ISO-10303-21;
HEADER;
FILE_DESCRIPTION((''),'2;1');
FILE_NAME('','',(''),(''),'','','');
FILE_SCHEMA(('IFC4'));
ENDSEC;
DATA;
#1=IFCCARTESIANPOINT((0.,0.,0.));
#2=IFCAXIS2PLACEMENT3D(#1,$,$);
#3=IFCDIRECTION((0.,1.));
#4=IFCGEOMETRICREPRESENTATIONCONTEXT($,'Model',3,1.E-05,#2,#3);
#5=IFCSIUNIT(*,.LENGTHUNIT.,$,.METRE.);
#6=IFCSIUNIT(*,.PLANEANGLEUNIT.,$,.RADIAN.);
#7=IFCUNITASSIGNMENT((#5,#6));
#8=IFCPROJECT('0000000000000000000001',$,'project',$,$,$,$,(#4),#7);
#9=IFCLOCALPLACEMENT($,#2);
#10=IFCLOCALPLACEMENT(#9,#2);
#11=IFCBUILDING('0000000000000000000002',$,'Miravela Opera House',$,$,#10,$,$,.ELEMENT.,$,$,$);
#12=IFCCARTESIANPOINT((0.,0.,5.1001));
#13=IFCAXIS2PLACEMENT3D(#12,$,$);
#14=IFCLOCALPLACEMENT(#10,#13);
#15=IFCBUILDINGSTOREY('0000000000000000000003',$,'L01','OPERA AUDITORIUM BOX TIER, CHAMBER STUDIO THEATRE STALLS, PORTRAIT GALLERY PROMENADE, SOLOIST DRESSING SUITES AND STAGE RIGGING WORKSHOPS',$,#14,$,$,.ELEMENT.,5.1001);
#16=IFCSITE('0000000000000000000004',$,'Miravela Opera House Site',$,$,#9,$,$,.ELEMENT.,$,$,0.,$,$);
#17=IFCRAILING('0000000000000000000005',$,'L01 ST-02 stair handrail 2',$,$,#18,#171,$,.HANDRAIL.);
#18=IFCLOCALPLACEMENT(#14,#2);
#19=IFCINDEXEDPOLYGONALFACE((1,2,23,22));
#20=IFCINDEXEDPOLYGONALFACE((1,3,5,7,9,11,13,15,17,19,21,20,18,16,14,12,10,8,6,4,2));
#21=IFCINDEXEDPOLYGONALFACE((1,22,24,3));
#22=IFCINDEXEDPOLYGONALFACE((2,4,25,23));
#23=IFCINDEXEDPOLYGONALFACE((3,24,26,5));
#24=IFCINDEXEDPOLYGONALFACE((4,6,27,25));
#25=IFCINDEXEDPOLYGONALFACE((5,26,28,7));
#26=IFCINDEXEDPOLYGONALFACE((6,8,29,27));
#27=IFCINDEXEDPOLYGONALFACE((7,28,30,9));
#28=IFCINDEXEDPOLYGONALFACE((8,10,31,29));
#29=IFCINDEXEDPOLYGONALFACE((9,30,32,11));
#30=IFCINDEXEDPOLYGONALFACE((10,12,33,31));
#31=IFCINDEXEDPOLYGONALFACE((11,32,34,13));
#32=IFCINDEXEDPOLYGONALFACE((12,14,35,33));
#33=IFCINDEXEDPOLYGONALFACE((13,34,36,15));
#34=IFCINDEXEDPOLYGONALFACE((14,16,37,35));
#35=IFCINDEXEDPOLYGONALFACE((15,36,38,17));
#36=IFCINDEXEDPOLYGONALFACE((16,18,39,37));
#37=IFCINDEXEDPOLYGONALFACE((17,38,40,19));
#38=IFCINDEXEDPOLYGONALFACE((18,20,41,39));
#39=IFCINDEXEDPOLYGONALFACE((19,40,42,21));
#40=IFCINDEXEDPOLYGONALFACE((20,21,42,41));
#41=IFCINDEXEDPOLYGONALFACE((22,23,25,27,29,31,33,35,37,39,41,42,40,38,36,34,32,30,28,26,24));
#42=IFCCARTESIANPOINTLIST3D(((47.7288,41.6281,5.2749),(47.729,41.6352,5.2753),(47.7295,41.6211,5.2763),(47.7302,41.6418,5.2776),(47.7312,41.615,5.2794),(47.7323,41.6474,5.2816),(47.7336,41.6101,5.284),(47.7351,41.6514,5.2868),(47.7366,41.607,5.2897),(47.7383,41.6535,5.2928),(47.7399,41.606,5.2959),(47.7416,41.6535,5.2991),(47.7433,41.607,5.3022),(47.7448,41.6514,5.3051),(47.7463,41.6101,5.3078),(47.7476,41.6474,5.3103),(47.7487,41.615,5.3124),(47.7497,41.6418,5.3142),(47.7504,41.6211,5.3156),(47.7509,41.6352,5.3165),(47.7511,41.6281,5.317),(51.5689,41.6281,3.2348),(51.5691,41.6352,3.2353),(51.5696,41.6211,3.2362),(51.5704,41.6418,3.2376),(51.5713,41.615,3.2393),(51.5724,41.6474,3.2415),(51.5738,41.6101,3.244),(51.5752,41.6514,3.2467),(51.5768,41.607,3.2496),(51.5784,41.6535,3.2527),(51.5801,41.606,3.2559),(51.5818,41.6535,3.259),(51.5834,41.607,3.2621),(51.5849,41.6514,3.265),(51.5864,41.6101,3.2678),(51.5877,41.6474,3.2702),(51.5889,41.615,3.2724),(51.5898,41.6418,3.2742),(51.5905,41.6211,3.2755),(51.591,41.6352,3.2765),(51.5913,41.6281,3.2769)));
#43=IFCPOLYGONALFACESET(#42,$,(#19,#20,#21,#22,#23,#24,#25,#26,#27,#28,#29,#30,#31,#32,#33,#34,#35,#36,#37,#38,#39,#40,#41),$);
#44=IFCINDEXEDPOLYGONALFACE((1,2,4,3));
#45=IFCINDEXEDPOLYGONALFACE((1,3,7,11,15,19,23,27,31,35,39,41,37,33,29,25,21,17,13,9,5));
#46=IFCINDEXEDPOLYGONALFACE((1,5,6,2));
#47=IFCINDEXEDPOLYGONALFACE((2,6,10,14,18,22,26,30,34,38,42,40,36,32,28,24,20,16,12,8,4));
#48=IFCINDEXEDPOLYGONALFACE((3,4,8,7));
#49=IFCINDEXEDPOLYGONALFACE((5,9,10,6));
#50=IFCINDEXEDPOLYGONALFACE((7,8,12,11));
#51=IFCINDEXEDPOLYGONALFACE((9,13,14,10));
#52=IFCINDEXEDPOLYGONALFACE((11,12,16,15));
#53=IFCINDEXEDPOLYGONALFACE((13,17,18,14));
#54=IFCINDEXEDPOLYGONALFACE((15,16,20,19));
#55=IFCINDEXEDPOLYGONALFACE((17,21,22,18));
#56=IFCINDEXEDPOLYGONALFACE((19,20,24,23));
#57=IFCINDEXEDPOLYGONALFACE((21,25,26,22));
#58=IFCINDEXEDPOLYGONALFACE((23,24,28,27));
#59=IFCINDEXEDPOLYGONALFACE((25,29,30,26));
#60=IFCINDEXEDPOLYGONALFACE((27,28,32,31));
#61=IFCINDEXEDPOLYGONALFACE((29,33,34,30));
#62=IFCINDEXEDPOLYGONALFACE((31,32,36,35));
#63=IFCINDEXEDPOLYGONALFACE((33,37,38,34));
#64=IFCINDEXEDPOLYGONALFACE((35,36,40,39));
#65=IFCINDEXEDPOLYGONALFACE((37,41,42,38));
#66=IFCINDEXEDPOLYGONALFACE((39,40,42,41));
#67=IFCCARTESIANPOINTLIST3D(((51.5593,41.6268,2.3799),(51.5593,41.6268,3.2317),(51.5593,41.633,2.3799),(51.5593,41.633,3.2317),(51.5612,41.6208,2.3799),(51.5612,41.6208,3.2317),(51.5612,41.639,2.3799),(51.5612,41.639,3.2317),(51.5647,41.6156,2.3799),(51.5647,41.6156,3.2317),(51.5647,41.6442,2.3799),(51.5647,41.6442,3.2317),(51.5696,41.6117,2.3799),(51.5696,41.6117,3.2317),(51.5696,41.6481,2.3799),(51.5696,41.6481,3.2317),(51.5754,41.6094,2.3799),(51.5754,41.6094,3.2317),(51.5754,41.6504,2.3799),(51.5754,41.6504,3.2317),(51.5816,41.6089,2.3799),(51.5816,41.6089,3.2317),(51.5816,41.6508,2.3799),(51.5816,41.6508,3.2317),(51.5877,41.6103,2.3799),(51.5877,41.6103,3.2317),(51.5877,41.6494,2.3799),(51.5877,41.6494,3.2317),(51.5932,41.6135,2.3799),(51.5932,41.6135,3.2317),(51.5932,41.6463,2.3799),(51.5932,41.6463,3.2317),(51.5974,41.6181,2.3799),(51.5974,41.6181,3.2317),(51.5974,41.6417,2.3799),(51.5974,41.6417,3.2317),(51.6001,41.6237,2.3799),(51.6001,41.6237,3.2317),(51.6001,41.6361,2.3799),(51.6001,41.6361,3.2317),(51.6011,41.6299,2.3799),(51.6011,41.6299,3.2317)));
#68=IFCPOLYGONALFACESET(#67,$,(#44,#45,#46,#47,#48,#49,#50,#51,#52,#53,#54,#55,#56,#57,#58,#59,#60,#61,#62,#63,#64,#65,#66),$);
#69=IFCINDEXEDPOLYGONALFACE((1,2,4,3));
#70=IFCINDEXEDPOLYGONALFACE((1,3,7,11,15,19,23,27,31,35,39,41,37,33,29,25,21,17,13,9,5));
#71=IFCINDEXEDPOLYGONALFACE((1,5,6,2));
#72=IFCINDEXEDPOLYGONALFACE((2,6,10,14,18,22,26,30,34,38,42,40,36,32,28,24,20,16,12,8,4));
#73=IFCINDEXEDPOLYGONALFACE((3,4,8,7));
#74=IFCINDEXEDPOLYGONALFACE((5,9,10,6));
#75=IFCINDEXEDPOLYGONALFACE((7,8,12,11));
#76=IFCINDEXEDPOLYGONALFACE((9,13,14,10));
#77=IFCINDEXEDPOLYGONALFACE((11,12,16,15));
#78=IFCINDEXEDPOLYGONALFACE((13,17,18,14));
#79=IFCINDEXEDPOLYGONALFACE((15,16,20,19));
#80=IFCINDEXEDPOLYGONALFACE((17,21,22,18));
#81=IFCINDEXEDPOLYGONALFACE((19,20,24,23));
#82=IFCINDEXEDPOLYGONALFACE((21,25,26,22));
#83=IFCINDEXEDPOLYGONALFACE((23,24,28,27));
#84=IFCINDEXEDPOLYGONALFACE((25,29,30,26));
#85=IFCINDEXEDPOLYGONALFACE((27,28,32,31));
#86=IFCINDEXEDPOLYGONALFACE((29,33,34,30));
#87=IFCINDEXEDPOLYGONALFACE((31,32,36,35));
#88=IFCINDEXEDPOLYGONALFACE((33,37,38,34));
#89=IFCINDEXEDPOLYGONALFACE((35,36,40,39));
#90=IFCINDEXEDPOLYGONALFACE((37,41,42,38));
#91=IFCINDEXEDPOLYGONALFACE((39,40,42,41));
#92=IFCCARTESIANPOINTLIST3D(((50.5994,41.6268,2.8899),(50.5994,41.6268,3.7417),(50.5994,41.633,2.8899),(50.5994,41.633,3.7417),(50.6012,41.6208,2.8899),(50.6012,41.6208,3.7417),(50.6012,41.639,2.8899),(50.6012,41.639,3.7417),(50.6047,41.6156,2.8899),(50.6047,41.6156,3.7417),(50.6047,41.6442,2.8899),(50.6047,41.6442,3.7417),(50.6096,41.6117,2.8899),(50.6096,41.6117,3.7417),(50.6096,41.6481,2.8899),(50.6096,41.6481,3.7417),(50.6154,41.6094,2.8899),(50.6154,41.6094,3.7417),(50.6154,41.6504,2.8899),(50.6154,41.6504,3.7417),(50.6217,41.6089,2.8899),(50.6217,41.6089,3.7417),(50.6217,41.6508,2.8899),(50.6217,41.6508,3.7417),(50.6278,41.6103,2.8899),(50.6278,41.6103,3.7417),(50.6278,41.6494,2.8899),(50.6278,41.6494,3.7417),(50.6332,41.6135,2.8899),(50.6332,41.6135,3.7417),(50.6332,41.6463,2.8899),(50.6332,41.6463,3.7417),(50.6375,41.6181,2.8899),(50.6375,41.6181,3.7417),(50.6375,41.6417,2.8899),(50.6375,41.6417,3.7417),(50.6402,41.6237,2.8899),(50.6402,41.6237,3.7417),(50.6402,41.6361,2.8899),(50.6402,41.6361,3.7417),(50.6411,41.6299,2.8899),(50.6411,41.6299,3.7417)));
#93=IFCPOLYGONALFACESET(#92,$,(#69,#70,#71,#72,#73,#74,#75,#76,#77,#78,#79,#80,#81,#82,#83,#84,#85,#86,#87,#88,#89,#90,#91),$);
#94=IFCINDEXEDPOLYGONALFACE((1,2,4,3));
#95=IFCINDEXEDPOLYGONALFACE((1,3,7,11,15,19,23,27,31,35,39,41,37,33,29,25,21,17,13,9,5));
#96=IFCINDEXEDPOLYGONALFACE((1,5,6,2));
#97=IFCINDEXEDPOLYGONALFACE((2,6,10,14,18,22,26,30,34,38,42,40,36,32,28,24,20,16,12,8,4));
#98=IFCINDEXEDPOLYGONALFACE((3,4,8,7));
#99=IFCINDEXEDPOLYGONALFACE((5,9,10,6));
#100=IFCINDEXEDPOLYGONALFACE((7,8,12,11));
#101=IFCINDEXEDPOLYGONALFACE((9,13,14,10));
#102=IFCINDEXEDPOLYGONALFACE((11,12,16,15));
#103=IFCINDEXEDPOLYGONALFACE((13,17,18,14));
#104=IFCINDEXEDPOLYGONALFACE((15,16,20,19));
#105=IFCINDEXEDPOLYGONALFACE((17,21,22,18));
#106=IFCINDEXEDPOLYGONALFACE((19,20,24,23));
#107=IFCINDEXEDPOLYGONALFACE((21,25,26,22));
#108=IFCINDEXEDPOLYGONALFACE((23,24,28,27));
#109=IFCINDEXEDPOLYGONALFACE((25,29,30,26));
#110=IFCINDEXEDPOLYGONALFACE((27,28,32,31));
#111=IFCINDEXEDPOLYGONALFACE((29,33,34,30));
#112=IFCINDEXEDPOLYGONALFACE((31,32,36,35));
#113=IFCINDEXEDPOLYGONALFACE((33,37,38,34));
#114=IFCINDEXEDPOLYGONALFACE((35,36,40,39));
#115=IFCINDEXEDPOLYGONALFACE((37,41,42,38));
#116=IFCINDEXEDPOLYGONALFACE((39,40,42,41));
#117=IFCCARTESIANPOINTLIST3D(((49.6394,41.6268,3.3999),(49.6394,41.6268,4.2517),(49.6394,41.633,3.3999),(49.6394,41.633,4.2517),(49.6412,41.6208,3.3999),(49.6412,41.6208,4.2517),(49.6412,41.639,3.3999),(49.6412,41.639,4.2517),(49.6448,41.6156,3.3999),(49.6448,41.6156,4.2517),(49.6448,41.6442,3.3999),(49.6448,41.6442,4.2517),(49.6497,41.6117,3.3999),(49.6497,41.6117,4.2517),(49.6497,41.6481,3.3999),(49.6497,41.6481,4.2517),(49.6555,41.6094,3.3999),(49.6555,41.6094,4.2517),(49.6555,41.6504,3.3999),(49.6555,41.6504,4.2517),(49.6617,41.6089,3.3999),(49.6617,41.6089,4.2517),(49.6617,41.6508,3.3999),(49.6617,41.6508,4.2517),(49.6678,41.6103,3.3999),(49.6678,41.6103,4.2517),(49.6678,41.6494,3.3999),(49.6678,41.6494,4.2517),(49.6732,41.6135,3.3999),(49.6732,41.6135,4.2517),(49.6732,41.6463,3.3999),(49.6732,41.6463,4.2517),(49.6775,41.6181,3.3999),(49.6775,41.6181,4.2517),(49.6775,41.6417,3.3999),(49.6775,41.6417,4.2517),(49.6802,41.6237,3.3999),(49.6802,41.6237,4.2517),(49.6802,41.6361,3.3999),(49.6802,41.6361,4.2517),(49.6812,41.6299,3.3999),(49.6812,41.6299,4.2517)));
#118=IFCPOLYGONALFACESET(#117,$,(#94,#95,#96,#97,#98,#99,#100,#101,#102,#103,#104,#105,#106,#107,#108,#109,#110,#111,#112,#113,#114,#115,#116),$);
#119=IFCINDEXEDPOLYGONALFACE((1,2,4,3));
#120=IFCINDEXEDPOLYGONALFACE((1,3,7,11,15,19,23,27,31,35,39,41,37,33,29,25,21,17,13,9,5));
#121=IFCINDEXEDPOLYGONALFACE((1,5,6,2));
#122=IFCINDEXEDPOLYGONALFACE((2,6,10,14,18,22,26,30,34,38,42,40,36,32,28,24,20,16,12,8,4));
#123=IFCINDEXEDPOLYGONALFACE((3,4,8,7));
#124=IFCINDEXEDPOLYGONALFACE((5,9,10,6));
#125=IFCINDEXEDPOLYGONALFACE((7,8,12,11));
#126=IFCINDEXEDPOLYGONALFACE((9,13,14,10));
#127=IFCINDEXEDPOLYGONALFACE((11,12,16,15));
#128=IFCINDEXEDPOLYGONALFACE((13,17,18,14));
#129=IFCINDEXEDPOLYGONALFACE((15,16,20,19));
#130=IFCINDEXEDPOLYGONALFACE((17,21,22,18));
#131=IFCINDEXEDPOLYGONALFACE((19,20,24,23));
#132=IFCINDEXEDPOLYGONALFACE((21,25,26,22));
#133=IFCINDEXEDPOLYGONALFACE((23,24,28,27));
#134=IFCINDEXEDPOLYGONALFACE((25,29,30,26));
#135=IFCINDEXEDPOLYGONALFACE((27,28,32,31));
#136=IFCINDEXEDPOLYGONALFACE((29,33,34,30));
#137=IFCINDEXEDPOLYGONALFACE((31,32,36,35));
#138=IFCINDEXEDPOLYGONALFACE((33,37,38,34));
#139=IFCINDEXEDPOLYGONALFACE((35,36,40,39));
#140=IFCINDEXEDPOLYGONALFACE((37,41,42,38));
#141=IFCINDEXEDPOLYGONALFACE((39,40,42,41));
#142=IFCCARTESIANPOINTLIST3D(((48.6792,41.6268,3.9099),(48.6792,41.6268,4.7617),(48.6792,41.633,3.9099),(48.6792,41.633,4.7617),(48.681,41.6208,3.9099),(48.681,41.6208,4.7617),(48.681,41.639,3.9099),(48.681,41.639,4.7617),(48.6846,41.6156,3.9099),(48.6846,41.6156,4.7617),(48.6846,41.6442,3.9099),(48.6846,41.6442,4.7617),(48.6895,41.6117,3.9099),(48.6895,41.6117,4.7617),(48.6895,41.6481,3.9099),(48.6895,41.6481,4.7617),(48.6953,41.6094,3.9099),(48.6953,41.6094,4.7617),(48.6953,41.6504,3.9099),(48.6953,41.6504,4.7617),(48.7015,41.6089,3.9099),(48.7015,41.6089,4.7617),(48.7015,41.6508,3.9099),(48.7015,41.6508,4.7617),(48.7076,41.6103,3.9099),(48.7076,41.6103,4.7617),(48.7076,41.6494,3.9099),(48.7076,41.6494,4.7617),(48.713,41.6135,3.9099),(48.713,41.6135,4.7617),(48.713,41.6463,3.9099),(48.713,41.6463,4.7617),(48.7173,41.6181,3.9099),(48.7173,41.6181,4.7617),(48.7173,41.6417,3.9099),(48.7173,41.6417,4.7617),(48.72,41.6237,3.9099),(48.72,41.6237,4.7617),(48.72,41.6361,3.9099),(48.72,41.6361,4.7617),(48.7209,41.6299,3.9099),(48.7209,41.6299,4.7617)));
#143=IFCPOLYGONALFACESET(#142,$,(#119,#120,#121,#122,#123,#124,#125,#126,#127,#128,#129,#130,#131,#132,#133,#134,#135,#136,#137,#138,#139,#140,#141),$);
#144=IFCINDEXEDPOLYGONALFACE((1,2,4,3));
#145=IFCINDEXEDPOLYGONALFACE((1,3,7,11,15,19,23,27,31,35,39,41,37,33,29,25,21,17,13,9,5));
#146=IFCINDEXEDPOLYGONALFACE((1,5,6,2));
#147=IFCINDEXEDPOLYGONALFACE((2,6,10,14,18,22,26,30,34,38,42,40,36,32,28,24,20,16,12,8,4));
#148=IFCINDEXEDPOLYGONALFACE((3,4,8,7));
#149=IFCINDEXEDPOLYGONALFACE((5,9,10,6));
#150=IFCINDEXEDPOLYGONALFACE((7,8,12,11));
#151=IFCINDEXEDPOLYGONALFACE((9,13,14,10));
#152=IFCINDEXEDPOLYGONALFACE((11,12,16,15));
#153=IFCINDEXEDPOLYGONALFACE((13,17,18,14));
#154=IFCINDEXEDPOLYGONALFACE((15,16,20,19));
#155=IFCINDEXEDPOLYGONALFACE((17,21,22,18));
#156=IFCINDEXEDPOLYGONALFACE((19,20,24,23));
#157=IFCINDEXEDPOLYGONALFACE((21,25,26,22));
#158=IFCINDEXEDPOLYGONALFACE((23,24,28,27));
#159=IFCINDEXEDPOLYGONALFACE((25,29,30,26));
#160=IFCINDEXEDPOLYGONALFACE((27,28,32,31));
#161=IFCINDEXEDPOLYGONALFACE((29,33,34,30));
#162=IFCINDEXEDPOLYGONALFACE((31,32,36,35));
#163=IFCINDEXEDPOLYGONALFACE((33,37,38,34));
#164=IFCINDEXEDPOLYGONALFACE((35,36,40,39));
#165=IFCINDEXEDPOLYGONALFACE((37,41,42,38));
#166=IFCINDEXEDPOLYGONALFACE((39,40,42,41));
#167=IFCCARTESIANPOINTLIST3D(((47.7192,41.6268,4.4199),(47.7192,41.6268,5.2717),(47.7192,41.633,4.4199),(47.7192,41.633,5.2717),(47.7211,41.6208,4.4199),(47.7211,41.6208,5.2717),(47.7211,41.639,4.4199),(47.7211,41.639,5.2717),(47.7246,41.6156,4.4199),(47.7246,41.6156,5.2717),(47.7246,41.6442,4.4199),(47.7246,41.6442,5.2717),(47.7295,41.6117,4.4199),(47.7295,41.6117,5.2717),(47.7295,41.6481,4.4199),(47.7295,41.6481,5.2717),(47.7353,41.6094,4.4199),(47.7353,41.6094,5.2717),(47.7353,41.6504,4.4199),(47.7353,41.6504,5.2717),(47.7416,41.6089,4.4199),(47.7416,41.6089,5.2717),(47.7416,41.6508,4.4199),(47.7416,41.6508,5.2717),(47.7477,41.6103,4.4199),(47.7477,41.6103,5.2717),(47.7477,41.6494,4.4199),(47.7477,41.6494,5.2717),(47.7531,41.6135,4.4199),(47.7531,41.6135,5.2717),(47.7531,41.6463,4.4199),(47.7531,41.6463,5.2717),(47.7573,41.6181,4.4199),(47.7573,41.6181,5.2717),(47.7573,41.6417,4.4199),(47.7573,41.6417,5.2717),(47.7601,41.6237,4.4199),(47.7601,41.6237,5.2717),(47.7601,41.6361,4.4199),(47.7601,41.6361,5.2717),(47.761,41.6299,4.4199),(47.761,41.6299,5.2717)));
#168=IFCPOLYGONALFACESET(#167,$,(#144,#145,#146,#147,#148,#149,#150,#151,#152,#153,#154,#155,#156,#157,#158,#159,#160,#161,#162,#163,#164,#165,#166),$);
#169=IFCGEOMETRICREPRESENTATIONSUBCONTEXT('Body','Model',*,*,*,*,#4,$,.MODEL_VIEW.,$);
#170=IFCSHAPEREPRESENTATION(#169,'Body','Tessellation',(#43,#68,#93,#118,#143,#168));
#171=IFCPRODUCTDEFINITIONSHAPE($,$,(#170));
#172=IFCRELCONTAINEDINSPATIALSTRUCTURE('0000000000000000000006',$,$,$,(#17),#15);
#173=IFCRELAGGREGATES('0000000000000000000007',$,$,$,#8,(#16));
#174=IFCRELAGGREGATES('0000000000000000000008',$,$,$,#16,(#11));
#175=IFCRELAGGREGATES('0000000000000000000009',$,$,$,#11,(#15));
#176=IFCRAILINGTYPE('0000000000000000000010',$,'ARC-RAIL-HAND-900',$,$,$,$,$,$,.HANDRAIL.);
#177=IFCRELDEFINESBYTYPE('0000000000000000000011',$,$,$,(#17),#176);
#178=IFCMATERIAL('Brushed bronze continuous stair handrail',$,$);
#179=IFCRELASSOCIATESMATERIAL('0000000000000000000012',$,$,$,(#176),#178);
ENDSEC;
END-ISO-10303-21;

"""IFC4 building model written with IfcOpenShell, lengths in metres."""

from ifc_helpers import new_model, si_unit, direction, frame, origin, origin_2d, place, context, subcontext, project, spatial, circle, extrude, material, type_object, element, save


model = new_model("IFC4")

# Units and contexts
model_context = context("Model", 3, precision=1e-05, world=origin(), true_north=direction((0.0, 1.0)))
body_context = subcontext(model_context, "Body", "Model", "MODEL_VIEW")
ifc_project = project(units=[si_unit("LENGTHUNIT", "METRE"), si_unit("PLANEANGLEUNIT", "RADIAN")], contexts=[model_context])

# Site, building, storey
site_placement = place(None, origin())
site = spatial("IfcSite", under=ifc_project, at=site_placement, Name="Miravela Opera House Site", CompositionType="ELEMENT", RefElevation=0.0)
building_placement = place(site_placement, origin())
building = spatial("IfcBuilding", under=site, at=building_placement, Name="Miravela Opera House", CompositionType="ELEMENT")
storey_placement = place(building_placement, frame((0.0, 0.0, 5.1001)))
storey = spatial("IfcBuildingStorey", under=building, at=storey_placement, Name="L01", Description="OPERA AUDITORIUM BOX TIER, CHAMBER STUDIO THEATRE STALLS, PORTRAIT GALLERY PROMENADE, SOLOIST DRESSING SUITES AND STAGE RIGGING WORKSHOPS", CompositionType="ELEMENT", Elevation=5.1001)

# Railing
ifc_material_1 = material(Name="Brushed bronze continuous stair handrail")
railing_type_1 = type_object("IfcRailingType", Name="ARC-RAIL-HAND-900", PredefinedType="HANDRAIL", material=ifc_material_1)
railing_1_placement = place(storey_placement, frame((51.5801, 41.6299, 2.3799)))
element("IfcRailing", 1, at=railing_1_placement, inside=storey, type_object=railing_type_1, Name="L01 ST-02 stair handrail 2", PredefinedType="HANDRAIL", context=body_context, shape_type="SweptSolid", body=[
    extrude(circle(Radius=0.0239, at=origin_2d()), frame((0.0, 0.0, 0.876), z_axis=(-0.883116, 0.0, 0.469154), x_axis=(0.0, -1.0, 0.0)), (0.0, 0.0, 1.0), 4.3484),
    extrude(circle(Radius=0.021, at=origin_2d()), origin(), (0.0, 0.0, 1.0), 0.8518),
    extrude(circle(Radius=0.021, at=origin_2d()), frame((-0.96, 0.0, 0.51)), (0.0, 0.0, 1.0), 0.8518),
    extrude(circle(Radius=0.021, at=origin_2d()), frame((-1.9199, 0.0, 1.02)), (0.0, 0.0, 1.0), 0.8518),
    extrude(circle(Radius=0.021, at=origin_2d()), frame((-2.8801, 0.0, 1.53)), (0.0, 0.0, 1.0), 0.8518),
    extrude(circle(Radius=0.021, at=origin_2d()), frame((-3.8401, 0.0, 2.04)), (0.0, 0.0, 1.0), 0.8518),
])

save(model, "model.ifc")
